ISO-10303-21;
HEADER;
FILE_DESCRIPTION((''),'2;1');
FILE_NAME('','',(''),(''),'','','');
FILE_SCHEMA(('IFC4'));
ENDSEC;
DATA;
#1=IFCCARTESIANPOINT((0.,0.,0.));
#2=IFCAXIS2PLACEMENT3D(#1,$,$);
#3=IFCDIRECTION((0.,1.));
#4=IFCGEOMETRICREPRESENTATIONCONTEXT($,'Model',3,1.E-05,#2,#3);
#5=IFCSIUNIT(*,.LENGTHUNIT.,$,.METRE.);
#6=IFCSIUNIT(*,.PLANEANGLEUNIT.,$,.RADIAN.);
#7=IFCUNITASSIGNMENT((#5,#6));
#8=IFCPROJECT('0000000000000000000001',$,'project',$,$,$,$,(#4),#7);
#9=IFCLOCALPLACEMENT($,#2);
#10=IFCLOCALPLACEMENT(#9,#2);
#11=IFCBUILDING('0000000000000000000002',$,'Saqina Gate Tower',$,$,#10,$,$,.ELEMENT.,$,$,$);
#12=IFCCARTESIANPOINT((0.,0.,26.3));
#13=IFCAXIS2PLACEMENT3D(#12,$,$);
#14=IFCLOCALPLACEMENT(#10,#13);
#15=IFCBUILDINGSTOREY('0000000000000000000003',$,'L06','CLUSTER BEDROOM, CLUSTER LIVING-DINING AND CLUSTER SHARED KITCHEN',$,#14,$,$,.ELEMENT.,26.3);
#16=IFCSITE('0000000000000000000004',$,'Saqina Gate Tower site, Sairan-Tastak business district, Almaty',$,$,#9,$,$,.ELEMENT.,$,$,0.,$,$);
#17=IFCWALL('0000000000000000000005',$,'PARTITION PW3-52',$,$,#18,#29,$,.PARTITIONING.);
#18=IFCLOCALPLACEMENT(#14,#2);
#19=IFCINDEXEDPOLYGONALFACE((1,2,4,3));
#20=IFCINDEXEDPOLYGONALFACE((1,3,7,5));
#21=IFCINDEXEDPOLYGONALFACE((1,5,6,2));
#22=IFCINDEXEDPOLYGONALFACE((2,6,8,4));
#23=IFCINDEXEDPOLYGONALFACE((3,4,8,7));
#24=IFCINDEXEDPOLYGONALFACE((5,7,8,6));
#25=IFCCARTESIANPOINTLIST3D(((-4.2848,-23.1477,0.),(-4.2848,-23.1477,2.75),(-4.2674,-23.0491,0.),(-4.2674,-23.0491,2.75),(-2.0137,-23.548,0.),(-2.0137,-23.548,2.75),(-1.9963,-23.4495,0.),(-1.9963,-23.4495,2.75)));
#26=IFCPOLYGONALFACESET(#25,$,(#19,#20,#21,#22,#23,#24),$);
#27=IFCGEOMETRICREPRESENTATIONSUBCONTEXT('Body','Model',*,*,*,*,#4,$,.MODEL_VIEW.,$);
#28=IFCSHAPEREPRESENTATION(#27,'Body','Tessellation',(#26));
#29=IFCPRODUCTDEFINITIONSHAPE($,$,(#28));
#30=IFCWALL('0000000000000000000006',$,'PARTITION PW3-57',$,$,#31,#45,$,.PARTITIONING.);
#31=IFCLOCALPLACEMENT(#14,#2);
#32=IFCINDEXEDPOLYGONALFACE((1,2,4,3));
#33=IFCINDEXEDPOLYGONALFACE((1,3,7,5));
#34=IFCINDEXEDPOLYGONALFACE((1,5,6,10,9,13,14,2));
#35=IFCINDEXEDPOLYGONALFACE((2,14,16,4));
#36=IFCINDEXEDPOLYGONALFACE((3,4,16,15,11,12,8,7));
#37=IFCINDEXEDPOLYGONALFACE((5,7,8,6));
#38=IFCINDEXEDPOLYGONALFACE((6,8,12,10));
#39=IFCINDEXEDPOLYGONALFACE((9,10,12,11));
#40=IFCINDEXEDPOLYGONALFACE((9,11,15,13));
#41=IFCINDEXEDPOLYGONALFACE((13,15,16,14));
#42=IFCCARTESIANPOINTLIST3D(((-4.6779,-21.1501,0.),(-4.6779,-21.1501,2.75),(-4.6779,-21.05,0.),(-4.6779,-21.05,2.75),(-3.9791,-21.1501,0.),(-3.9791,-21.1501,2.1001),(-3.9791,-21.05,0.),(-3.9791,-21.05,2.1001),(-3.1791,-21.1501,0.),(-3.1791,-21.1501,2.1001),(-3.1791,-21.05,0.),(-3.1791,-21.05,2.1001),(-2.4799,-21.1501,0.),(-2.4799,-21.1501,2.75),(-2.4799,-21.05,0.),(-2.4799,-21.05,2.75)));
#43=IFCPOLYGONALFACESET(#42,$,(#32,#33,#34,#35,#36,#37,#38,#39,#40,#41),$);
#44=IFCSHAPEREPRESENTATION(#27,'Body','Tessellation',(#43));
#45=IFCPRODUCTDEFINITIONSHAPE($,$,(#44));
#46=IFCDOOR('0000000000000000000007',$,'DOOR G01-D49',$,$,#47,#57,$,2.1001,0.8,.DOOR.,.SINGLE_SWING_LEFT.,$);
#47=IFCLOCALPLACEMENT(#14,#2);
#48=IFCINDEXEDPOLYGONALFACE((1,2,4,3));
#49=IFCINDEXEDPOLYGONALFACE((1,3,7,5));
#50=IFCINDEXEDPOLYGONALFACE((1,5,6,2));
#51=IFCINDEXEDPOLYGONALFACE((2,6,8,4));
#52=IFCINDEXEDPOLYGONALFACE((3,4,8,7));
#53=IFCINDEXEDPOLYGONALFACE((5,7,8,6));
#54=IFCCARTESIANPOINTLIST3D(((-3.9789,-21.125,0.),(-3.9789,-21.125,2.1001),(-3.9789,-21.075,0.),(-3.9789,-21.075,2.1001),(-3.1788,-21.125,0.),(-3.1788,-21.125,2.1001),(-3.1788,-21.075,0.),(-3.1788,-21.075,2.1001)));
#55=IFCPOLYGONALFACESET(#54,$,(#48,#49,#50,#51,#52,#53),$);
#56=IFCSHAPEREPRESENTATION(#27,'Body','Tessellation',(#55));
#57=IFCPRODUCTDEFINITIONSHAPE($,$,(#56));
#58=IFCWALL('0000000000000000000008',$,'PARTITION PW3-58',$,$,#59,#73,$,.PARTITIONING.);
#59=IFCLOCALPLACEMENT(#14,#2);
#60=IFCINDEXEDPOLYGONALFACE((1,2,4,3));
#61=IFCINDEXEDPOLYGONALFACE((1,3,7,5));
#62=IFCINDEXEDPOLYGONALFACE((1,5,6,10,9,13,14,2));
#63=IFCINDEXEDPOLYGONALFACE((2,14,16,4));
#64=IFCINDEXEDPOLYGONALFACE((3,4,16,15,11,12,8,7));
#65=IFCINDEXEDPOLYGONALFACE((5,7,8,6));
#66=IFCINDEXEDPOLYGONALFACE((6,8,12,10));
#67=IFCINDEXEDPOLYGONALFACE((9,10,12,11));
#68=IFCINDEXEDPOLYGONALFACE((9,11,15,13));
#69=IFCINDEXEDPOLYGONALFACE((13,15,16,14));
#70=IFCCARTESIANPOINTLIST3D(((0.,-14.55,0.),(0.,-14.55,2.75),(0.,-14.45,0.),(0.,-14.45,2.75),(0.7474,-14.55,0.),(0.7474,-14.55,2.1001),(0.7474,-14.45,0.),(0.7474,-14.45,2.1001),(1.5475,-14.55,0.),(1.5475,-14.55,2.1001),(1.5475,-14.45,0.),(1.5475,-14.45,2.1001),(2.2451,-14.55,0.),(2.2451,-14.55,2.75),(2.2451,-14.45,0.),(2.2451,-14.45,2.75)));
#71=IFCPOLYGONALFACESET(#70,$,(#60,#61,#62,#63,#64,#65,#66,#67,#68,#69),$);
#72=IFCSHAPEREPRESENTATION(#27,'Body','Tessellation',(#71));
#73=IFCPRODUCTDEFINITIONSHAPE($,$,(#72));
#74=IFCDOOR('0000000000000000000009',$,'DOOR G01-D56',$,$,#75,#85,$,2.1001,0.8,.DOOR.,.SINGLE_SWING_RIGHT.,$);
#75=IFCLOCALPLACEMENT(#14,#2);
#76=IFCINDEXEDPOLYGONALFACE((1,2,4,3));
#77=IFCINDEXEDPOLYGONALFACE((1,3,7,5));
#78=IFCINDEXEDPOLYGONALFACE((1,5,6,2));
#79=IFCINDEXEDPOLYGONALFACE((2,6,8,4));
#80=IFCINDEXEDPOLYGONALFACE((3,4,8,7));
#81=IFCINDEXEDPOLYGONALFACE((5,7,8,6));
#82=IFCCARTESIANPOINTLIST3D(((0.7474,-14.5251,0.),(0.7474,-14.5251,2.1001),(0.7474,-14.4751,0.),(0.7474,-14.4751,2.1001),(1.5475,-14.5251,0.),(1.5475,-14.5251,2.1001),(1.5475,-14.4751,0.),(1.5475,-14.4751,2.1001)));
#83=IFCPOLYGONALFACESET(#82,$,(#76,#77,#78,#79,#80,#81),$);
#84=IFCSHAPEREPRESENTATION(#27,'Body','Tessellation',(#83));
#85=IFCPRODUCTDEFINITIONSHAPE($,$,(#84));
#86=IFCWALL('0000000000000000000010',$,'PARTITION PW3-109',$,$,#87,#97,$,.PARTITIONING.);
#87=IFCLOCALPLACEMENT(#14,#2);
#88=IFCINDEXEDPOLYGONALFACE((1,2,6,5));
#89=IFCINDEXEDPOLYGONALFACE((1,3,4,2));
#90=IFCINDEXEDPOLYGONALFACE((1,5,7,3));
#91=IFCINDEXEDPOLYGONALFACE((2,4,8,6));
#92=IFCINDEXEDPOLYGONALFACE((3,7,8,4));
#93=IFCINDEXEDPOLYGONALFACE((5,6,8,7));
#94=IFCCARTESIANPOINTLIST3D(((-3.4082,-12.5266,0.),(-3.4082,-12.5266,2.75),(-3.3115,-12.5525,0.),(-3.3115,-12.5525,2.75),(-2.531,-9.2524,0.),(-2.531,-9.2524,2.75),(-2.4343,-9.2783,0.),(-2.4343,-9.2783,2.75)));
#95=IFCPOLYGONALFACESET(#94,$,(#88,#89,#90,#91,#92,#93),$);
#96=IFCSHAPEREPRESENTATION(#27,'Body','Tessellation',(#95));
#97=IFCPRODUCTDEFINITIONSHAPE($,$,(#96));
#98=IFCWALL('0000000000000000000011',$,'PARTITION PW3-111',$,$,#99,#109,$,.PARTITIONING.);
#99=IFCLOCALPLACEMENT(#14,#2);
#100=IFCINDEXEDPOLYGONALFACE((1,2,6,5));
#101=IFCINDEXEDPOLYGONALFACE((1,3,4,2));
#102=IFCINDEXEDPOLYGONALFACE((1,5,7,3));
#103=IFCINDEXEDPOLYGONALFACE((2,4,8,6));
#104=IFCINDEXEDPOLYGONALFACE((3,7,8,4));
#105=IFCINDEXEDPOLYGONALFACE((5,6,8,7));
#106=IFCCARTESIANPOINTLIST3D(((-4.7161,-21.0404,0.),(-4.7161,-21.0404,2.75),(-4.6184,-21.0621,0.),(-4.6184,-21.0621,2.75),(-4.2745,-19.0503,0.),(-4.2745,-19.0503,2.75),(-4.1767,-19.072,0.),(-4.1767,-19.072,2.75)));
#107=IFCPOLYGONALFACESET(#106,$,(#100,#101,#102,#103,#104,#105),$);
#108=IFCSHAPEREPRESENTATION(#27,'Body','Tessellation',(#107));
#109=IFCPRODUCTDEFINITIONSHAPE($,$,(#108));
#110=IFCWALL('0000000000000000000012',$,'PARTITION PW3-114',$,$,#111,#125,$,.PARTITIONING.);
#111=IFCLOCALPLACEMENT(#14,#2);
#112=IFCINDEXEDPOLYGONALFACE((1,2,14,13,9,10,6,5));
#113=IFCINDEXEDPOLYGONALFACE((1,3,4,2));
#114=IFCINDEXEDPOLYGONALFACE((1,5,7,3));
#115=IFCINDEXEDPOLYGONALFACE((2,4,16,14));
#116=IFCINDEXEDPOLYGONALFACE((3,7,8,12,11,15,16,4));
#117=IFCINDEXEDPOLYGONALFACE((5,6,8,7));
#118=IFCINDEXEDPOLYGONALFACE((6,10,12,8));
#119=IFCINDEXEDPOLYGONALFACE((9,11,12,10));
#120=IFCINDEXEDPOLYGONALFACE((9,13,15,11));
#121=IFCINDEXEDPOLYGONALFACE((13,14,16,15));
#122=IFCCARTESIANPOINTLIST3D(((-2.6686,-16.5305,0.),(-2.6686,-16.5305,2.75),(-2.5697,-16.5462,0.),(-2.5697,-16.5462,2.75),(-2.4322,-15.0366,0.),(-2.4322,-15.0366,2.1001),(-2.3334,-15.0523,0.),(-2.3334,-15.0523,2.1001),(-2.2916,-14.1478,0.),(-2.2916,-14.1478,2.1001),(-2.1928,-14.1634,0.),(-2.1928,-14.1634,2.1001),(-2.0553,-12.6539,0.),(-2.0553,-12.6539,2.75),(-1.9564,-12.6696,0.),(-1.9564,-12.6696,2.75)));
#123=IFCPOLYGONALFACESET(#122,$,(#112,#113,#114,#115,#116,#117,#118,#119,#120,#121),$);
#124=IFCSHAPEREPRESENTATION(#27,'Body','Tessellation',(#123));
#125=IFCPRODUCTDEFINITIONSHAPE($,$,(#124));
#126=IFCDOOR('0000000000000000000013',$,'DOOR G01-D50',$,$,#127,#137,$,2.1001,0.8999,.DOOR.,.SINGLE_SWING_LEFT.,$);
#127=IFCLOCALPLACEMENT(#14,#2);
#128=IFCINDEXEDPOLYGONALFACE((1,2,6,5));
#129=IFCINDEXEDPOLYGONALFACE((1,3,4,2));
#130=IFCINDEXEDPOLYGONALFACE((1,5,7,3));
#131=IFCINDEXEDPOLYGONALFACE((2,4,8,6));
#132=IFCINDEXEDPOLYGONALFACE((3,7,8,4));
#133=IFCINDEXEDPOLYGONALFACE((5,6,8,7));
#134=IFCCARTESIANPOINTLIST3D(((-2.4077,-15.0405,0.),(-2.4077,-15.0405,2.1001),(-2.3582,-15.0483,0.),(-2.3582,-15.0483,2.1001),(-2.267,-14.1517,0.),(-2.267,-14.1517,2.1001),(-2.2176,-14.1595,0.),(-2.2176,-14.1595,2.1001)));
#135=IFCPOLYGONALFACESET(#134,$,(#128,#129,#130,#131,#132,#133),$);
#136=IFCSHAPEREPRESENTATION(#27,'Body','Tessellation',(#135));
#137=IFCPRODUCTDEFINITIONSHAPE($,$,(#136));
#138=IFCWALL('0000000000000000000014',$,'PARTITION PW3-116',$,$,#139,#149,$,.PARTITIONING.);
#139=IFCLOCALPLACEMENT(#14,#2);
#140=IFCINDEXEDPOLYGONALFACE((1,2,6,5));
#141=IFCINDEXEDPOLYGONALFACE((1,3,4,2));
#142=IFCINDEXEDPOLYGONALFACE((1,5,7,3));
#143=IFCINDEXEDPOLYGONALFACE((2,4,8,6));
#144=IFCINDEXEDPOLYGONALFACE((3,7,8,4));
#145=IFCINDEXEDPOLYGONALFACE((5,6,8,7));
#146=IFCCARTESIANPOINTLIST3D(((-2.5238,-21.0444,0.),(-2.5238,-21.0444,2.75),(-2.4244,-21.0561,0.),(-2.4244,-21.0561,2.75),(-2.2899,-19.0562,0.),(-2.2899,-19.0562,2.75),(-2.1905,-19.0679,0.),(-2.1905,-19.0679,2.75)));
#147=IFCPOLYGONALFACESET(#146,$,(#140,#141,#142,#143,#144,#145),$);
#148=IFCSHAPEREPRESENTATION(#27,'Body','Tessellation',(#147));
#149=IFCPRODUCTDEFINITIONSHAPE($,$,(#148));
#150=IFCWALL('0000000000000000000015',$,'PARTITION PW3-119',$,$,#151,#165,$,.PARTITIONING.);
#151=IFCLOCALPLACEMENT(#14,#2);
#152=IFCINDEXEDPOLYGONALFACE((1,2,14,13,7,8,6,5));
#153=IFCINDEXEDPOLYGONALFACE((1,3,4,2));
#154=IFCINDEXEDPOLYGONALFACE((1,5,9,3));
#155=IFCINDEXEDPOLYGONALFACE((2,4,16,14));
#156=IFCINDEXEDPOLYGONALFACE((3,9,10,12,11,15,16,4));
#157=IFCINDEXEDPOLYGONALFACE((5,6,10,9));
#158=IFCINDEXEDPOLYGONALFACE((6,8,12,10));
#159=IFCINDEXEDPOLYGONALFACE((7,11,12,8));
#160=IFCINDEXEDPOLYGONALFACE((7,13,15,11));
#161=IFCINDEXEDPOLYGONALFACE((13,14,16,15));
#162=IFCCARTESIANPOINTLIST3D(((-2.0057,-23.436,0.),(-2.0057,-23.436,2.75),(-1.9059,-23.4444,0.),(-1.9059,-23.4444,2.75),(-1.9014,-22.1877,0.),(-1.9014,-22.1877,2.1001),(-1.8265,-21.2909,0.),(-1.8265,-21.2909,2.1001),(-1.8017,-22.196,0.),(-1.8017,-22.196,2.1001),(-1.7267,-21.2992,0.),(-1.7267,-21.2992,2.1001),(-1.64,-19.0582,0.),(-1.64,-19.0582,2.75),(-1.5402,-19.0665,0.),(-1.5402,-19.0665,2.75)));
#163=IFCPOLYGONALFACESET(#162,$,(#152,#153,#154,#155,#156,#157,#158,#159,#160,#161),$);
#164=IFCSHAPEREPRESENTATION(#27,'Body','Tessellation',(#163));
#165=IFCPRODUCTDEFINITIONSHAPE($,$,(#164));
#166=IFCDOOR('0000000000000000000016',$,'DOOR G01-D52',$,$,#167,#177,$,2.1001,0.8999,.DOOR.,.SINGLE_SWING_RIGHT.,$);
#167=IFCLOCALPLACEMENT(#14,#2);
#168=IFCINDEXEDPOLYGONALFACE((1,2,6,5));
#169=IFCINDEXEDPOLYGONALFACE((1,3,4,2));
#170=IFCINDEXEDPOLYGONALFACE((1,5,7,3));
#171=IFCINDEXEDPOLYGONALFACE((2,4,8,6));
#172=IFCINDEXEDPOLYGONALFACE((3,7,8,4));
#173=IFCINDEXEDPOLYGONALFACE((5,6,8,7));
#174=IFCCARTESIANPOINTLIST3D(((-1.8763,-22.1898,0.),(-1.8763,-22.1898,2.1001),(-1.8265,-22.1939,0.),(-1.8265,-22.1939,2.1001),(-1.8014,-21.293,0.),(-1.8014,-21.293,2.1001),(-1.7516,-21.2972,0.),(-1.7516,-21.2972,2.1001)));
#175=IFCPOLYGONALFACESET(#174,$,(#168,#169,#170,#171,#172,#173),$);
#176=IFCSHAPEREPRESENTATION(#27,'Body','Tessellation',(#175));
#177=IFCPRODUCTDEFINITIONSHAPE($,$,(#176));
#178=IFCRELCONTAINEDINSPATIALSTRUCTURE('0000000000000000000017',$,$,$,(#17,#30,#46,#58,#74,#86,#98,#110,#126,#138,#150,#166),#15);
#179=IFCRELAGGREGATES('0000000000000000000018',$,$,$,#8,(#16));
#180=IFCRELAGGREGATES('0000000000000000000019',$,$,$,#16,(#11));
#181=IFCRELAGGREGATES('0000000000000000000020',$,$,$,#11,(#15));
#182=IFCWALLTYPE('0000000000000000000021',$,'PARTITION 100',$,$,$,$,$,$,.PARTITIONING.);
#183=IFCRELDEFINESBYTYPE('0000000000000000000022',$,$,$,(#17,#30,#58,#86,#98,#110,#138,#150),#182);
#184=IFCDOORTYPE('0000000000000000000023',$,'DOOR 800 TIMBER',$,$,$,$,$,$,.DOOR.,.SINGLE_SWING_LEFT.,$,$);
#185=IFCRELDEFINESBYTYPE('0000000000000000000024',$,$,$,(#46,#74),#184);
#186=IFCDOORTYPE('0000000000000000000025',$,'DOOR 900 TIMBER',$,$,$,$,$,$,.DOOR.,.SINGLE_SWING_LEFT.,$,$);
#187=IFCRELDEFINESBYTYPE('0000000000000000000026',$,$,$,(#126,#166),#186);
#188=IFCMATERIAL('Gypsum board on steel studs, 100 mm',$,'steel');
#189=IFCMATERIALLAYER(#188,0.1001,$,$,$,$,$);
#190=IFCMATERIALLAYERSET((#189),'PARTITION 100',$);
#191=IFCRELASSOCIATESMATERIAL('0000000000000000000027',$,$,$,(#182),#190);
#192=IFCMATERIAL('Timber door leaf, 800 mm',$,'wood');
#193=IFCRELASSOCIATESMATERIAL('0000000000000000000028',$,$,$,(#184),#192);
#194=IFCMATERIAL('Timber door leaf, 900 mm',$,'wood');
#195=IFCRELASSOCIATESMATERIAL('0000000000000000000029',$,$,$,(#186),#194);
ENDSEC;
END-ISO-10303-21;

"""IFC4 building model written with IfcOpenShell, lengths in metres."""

from ifc_helpers import new_model, si_unit, direction, frame, frame_2d, origin, place, context, subcontext, project, spatial, rectangle, extrude, material, layer, layer_set, type_object, element, fill, save


model = new_model("IFC4")

# Units and contexts
model_context = context("Model", 3, precision=1e-05, world=origin(), true_north=direction((0.0, 1.0)))
body_context = subcontext(model_context, "Body", "Model", "MODEL_VIEW")
ifc_project = project(units=[si_unit("LENGTHUNIT", "METRE"), si_unit("PLANEANGLEUNIT", "RADIAN")], contexts=[model_context])

# Site, building, storey
site_placement = place(None, origin())
site = spatial("IfcSite", under=ifc_project, at=site_placement, Name="Saqina Gate Tower site, Sairan-Tastak business district, Almaty", CompositionType="ELEMENT", RefElevation=0.0)
building_placement = place(site_placement, origin())
building = spatial("IfcBuilding", under=site, at=building_placement, Name="Saqina Gate Tower", CompositionType="ELEMENT")
storey_placement = place(building_placement, frame((0.0, 0.0, 26.3)))
storey = spatial("IfcBuildingStorey", under=building, at=storey_placement, Name="L06", Description="CLUSTER BEDROOM, CLUSTER LIVING-DINING AND CLUSTER SHARED KITCHEN", CompositionType="ELEMENT", Elevation=26.3)

# Wall
ifc_material_1 = material(Name="Gypsum board on steel studs, 100 mm", Category="steel")
ifc_layer_1 = layer(ifc_material_1, 0.1001)
ifc_layer_set_1 = layer_set([ifc_layer_1], Name="PARTITION 100")
wall_type_1 = type_object("IfcWallType", Name="PARTITION 100", PredefinedType="PARTITIONING", material=ifc_layer_set_1)
wall_1_placement = place(storey_placement, frame((-4.2761, -23.0984, 0.0), z_axis=(0.0, 0.0, 1.0), x_axis=(0.984814, -0.17361, 0.0)))
element("IfcWall", 1, at=wall_1_placement, inside=storey, type_object=wall_type_1, Name="PARTITION PW3-52", PredefinedType="PARTITIONING", context=body_context, shape_type="SweptSolid", body=[
    extrude(rectangle(XDim=2.3062, YDim=0.1001, at=frame_2d((1.1531, 0.0))), origin(), (0.0, 0.0, 1.0), 2.75),
])

# Walls, openings, doors
wall_2_placement = place(storey_placement, frame((-4.678, -21.1001, 0.0), z_axis=(0.0, 0.0, 1.0), x_axis=(1.0, 0.0, 0.0)))
wall_2 = element("IfcWall", 2, at=wall_2_placement, inside=storey, type_object=wall_type_1, Name="PARTITION PW3-57", PredefinedType="PARTITIONING", context=body_context, shape_type="SweptSolid", body=[
    extrude(rectangle(XDim=2.198, YDim=0.1001, at=frame_2d((1.0991, 0.0))), origin(), (0.0, 0.0, 1.0), 2.75),
])
opening_1_placement = place(wall_2_placement, frame((0.699, 0.0, 0.0)))
opening_1 = element("IfcOpeningElement", 3, at=opening_1_placement, cuts=wall_2, PredefinedType="OPENING", context=body_context, shape_type="SweptSolid", body=[
    extrude(rectangle(XDim=0.8, YDim=2.1001, at=frame_2d((0.3999, 1.05))), frame((0.0, 0.062, 0.0), z_axis=(0.0, -1.0, 0.0), x_axis=(1.0, 0.0, 0.0)), (0.0, 0.0, 1.0), 0.124),
])
ifc_material_2 = material(Name="Timber door leaf, 800 mm", Category="wood")
door_type_1 = type_object("IfcDoorType", Name="DOOR 800 TIMBER", OperationType="SINGLE_SWING_LEFT", PredefinedType="DOOR", material=ifc_material_2)
door_1_placement = place(opening_1_placement, frame((0.8, 0.0, 0.0), z_axis=(0.0, 0.0, 1.0), x_axis=(-1.0, 0.0, 0.0)))
door_1 = element("IfcDoor", 4, at=door_1_placement, inside=storey, type_object=door_type_1, Name="DOOR G01-D49", OperationType="SINGLE_SWING_LEFT", OverallHeight=2.1001, OverallWidth=0.8, PredefinedType="DOOR", context=body_context, shape_type="SweptSolid", body=[
    extrude(rectangle(XDim=0.8, YDim=2.1001, at=frame_2d((0.3999, 1.05))), frame((0.0, 0.0249, 0.0), z_axis=(0.0, -1.0, 0.0), x_axis=(1.0, 0.0, 0.0)), (0.0, 0.0, 1.0), 0.05),
])
fill(opening_1, door_1)
wall_3_placement = place(storey_placement, frame((0.0, -14.5, 0.0), z_axis=(0.0, 0.0, 1.0), x_axis=(1.0, 0.0, 0.0)))
wall_3 = element("IfcWall", 5, at=wall_3_placement, inside=storey, type_object=wall_type_1, Name="PARTITION PW3-58", PredefinedType="PARTITIONING", context=body_context, shape_type="SweptSolid", body=[
    extrude(rectangle(XDim=2.2451, YDim=0.1001, at=frame_2d((1.1226, 0.0))), origin(), (0.0, 0.0, 1.0), 2.75),
])
opening_2_placement = place(wall_3_placement, frame((0.7476, 0.0, 0.0)))
opening_2 = element("IfcOpeningElement", 6, at=opening_2_placement, cuts=wall_3, PredefinedType="OPENING", context=body_context, shape_type="SweptSolid", body=[
    extrude(rectangle(XDim=0.8, YDim=2.1001, at=frame_2d((0.3999, 1.05))), frame((0.0, 0.062, 0.0), z_axis=(0.0, -1.0, 0.0), x_axis=(1.0, 0.0, 0.0)), (0.0, 0.0, 1.0), 0.124),
])
door_2_placement = place(opening_2_placement, origin())
door_2 = element("IfcDoor", 7, at=door_2_placement, inside=storey, type_object=door_type_1, Name="DOOR G01-D56", OperationType="SINGLE_SWING_RIGHT", OverallHeight=2.1001, OverallWidth=0.8, PredefinedType="DOOR", context=body_context, shape_type="SweptSolid", body=[
    extrude(rectangle(XDim=0.8, YDim=2.1001, at=frame_2d((0.3999, 1.05))), frame((0.0, 0.0249, 0.0), z_axis=(0.0, -1.0, 0.0), x_axis=(1.0, 0.0, 0.0)), (0.0, 0.0, 1.0), 0.05),
])
fill(opening_2, door_2)

# Walls
wall_4_placement = place(storey_placement, frame((-3.3599, -12.5396, 0.0), z_axis=(0.0, 0.0, 1.0), x_axis=(0.258788, 0.965934, 0.0)))
element("IfcWall", 8, at=wall_4_placement, inside=storey, type_object=wall_type_1, Name="PARTITION PW3-109", PredefinedType="PARTITIONING", context=body_context, shape_type="SweptSolid", body=[
    extrude(rectangle(XDim=3.3896, YDim=0.1001, at=frame_2d((1.6948, 0.0))), origin(), (0.0, 0.0, 1.0), 2.75),
])
wall_5_placement = place(storey_placement, frame((-4.6672, -21.0513, 0.0), z_axis=(0.0, 0.0, 1.0), x_axis=(0.216639, 0.976252, 0.0)))
element("IfcWall", 9, at=wall_5_placement, inside=storey, type_object=wall_type_1, Name="PARTITION PW3-111", PredefinedType="PARTITIONING", context=body_context, shape_type="SweptSolid", body=[
    extrude(rectangle(XDim=2.0386, YDim=0.1001, at=frame_2d((1.0193, 0.0))), origin(), (0.0, 0.0, 1.0), 2.75),
])

# Wall, opening, door
wall_6_placement = place(storey_placement, frame((-2.6191, -16.5383, 0.0), z_axis=(0.0, 0.0, 1.0), x_axis=(0.156253, 0.987717, 0.0)))
wall_6 = element("IfcWall", 10, at=wall_6_placement, inside=storey, type_object=wall_type_1, Name="PARTITION PW3-114", PredefinedType="PARTITIONING", context=body_context, shape_type="SweptSolid", body=[
    extrude(rectangle(XDim=3.9248, YDim=0.1001, at=frame_2d((1.9624, 0.0))), origin(), (0.0, 0.0, 1.0), 2.75),
])
opening_3_placement = place(wall_6_placement, frame((1.5125, 0.0, 0.0)))
opening_3 = element("IfcOpeningElement", 11, at=opening_3_placement, cuts=wall_6, PredefinedType="OPENING", context=body_context, shape_type="SweptSolid", body=[
    extrude(rectangle(XDim=0.8999, YDim=2.1001, at=frame_2d((0.45, 1.05))), frame((0.0, 0.062, 0.0), z_axis=(0.0, -1.0, 0.0), x_axis=(1.0, 0.0, 0.0)), (0.0, 0.0, 1.0), 0.124),
])
ifc_material_3 = material(Name="Timber door leaf, 900 mm", Category="wood")
door_type_2 = type_object("IfcDoorType", Name="DOOR 900 TIMBER", OperationType="SINGLE_SWING_LEFT", PredefinedType="DOOR", material=ifc_material_3)
door_3_placement = place(opening_3_placement, frame((0.8999, 0.0, 0.0), z_axis=(0.0, 0.0, 1.0), x_axis=(-1.0, 0.0, 0.0)))
door_3 = element("IfcDoor", 12, at=door_3_placement, inside=storey, type_object=door_type_2, Name="DOOR G01-D50", OperationType="SINGLE_SWING_LEFT", OverallHeight=2.1001, OverallWidth=0.8999, PredefinedType="DOOR", context=body_context, shape_type="SweptSolid", body=[
    extrude(rectangle(XDim=0.8999, YDim=2.1001, at=frame_2d((0.45, 1.05))), frame((0.0, 0.0249, 0.0), z_axis=(0.0, -1.0, 0.0), x_axis=(1.0, 0.0, 0.0)), (0.0, 0.0, 1.0), 0.05),
])
fill(opening_3, door_3)

# Wall
wall_7_placement = place(storey_placement, frame((-2.4741, -21.0503, 0.0), z_axis=(0.0, 0.0, 1.0), x_axis=(0.116827, 0.993152, 0.0)))
element("IfcWall", 13, at=wall_7_placement, inside=storey, type_object=wall_type_1, Name="PARTITION PW3-116", PredefinedType="PARTITIONING", context=body_context, shape_type="SweptSolid", body=[
    extrude(rectangle(XDim=2.002, YDim=0.1001, at=frame_2d((1.001, 0.0))), origin(), (0.0, 0.0, 1.0), 2.75),
])

# Wall, opening, door
wall_8_placement = place(storey_placement, frame((-1.9558, -23.4402, 0.0), z_axis=(0.0, 0.0, 1.0), x_axis=(0.083248, 0.996529, 0.0)))
wall_8 = element("IfcWall", 14, at=wall_8_placement, inside=storey, type_object=wall_type_1, Name="PARTITION PW3-119", PredefinedType="PARTITIONING", context=body_context, shape_type="SweptSolid", body=[
    extrude(rectangle(XDim=4.3931, YDim=0.1001, at=frame_2d((2.1965, 0.0))), origin(), (0.0, 0.0, 1.0), 2.75),
])
opening_4_placement = place(wall_8_placement, frame((1.2527, 0.0, 0.0)))
opening_4 = element("IfcOpeningElement", 15, at=opening_4_placement, cuts=wall_8, PredefinedType="OPENING", context=body_context, shape_type="SweptSolid", body=[
    extrude(rectangle(XDim=0.8999, YDim=2.1001, at=frame_2d((0.45, 1.05))), frame((0.0, 0.062, 0.0), z_axis=(0.0, -1.0, 0.0), x_axis=(1.0, 0.0, 0.0)), (0.0, 0.0, 1.0), 0.124),
])
door_4_placement = place(opening_4_placement, origin())
door_4 = element("IfcDoor", 16, at=door_4_placement, inside=storey, type_object=door_type_2, Name="DOOR G01-D52", OperationType="SINGLE_SWING_RIGHT", OverallHeight=2.1001, OverallWidth=0.8999, PredefinedType="DOOR", context=body_context, shape_type="SweptSolid", body=[
    extrude(rectangle(XDim=0.8999, YDim=2.1001, at=frame_2d((0.45, 1.05))), frame((0.0, 0.0249, 0.0), z_axis=(0.0, -1.0, 0.0), x_axis=(1.0, 0.0, 0.0)), (0.0, 0.0, 1.0), 0.05),
])
fill(opening_4, door_4)

save(model, "model.ifc")
